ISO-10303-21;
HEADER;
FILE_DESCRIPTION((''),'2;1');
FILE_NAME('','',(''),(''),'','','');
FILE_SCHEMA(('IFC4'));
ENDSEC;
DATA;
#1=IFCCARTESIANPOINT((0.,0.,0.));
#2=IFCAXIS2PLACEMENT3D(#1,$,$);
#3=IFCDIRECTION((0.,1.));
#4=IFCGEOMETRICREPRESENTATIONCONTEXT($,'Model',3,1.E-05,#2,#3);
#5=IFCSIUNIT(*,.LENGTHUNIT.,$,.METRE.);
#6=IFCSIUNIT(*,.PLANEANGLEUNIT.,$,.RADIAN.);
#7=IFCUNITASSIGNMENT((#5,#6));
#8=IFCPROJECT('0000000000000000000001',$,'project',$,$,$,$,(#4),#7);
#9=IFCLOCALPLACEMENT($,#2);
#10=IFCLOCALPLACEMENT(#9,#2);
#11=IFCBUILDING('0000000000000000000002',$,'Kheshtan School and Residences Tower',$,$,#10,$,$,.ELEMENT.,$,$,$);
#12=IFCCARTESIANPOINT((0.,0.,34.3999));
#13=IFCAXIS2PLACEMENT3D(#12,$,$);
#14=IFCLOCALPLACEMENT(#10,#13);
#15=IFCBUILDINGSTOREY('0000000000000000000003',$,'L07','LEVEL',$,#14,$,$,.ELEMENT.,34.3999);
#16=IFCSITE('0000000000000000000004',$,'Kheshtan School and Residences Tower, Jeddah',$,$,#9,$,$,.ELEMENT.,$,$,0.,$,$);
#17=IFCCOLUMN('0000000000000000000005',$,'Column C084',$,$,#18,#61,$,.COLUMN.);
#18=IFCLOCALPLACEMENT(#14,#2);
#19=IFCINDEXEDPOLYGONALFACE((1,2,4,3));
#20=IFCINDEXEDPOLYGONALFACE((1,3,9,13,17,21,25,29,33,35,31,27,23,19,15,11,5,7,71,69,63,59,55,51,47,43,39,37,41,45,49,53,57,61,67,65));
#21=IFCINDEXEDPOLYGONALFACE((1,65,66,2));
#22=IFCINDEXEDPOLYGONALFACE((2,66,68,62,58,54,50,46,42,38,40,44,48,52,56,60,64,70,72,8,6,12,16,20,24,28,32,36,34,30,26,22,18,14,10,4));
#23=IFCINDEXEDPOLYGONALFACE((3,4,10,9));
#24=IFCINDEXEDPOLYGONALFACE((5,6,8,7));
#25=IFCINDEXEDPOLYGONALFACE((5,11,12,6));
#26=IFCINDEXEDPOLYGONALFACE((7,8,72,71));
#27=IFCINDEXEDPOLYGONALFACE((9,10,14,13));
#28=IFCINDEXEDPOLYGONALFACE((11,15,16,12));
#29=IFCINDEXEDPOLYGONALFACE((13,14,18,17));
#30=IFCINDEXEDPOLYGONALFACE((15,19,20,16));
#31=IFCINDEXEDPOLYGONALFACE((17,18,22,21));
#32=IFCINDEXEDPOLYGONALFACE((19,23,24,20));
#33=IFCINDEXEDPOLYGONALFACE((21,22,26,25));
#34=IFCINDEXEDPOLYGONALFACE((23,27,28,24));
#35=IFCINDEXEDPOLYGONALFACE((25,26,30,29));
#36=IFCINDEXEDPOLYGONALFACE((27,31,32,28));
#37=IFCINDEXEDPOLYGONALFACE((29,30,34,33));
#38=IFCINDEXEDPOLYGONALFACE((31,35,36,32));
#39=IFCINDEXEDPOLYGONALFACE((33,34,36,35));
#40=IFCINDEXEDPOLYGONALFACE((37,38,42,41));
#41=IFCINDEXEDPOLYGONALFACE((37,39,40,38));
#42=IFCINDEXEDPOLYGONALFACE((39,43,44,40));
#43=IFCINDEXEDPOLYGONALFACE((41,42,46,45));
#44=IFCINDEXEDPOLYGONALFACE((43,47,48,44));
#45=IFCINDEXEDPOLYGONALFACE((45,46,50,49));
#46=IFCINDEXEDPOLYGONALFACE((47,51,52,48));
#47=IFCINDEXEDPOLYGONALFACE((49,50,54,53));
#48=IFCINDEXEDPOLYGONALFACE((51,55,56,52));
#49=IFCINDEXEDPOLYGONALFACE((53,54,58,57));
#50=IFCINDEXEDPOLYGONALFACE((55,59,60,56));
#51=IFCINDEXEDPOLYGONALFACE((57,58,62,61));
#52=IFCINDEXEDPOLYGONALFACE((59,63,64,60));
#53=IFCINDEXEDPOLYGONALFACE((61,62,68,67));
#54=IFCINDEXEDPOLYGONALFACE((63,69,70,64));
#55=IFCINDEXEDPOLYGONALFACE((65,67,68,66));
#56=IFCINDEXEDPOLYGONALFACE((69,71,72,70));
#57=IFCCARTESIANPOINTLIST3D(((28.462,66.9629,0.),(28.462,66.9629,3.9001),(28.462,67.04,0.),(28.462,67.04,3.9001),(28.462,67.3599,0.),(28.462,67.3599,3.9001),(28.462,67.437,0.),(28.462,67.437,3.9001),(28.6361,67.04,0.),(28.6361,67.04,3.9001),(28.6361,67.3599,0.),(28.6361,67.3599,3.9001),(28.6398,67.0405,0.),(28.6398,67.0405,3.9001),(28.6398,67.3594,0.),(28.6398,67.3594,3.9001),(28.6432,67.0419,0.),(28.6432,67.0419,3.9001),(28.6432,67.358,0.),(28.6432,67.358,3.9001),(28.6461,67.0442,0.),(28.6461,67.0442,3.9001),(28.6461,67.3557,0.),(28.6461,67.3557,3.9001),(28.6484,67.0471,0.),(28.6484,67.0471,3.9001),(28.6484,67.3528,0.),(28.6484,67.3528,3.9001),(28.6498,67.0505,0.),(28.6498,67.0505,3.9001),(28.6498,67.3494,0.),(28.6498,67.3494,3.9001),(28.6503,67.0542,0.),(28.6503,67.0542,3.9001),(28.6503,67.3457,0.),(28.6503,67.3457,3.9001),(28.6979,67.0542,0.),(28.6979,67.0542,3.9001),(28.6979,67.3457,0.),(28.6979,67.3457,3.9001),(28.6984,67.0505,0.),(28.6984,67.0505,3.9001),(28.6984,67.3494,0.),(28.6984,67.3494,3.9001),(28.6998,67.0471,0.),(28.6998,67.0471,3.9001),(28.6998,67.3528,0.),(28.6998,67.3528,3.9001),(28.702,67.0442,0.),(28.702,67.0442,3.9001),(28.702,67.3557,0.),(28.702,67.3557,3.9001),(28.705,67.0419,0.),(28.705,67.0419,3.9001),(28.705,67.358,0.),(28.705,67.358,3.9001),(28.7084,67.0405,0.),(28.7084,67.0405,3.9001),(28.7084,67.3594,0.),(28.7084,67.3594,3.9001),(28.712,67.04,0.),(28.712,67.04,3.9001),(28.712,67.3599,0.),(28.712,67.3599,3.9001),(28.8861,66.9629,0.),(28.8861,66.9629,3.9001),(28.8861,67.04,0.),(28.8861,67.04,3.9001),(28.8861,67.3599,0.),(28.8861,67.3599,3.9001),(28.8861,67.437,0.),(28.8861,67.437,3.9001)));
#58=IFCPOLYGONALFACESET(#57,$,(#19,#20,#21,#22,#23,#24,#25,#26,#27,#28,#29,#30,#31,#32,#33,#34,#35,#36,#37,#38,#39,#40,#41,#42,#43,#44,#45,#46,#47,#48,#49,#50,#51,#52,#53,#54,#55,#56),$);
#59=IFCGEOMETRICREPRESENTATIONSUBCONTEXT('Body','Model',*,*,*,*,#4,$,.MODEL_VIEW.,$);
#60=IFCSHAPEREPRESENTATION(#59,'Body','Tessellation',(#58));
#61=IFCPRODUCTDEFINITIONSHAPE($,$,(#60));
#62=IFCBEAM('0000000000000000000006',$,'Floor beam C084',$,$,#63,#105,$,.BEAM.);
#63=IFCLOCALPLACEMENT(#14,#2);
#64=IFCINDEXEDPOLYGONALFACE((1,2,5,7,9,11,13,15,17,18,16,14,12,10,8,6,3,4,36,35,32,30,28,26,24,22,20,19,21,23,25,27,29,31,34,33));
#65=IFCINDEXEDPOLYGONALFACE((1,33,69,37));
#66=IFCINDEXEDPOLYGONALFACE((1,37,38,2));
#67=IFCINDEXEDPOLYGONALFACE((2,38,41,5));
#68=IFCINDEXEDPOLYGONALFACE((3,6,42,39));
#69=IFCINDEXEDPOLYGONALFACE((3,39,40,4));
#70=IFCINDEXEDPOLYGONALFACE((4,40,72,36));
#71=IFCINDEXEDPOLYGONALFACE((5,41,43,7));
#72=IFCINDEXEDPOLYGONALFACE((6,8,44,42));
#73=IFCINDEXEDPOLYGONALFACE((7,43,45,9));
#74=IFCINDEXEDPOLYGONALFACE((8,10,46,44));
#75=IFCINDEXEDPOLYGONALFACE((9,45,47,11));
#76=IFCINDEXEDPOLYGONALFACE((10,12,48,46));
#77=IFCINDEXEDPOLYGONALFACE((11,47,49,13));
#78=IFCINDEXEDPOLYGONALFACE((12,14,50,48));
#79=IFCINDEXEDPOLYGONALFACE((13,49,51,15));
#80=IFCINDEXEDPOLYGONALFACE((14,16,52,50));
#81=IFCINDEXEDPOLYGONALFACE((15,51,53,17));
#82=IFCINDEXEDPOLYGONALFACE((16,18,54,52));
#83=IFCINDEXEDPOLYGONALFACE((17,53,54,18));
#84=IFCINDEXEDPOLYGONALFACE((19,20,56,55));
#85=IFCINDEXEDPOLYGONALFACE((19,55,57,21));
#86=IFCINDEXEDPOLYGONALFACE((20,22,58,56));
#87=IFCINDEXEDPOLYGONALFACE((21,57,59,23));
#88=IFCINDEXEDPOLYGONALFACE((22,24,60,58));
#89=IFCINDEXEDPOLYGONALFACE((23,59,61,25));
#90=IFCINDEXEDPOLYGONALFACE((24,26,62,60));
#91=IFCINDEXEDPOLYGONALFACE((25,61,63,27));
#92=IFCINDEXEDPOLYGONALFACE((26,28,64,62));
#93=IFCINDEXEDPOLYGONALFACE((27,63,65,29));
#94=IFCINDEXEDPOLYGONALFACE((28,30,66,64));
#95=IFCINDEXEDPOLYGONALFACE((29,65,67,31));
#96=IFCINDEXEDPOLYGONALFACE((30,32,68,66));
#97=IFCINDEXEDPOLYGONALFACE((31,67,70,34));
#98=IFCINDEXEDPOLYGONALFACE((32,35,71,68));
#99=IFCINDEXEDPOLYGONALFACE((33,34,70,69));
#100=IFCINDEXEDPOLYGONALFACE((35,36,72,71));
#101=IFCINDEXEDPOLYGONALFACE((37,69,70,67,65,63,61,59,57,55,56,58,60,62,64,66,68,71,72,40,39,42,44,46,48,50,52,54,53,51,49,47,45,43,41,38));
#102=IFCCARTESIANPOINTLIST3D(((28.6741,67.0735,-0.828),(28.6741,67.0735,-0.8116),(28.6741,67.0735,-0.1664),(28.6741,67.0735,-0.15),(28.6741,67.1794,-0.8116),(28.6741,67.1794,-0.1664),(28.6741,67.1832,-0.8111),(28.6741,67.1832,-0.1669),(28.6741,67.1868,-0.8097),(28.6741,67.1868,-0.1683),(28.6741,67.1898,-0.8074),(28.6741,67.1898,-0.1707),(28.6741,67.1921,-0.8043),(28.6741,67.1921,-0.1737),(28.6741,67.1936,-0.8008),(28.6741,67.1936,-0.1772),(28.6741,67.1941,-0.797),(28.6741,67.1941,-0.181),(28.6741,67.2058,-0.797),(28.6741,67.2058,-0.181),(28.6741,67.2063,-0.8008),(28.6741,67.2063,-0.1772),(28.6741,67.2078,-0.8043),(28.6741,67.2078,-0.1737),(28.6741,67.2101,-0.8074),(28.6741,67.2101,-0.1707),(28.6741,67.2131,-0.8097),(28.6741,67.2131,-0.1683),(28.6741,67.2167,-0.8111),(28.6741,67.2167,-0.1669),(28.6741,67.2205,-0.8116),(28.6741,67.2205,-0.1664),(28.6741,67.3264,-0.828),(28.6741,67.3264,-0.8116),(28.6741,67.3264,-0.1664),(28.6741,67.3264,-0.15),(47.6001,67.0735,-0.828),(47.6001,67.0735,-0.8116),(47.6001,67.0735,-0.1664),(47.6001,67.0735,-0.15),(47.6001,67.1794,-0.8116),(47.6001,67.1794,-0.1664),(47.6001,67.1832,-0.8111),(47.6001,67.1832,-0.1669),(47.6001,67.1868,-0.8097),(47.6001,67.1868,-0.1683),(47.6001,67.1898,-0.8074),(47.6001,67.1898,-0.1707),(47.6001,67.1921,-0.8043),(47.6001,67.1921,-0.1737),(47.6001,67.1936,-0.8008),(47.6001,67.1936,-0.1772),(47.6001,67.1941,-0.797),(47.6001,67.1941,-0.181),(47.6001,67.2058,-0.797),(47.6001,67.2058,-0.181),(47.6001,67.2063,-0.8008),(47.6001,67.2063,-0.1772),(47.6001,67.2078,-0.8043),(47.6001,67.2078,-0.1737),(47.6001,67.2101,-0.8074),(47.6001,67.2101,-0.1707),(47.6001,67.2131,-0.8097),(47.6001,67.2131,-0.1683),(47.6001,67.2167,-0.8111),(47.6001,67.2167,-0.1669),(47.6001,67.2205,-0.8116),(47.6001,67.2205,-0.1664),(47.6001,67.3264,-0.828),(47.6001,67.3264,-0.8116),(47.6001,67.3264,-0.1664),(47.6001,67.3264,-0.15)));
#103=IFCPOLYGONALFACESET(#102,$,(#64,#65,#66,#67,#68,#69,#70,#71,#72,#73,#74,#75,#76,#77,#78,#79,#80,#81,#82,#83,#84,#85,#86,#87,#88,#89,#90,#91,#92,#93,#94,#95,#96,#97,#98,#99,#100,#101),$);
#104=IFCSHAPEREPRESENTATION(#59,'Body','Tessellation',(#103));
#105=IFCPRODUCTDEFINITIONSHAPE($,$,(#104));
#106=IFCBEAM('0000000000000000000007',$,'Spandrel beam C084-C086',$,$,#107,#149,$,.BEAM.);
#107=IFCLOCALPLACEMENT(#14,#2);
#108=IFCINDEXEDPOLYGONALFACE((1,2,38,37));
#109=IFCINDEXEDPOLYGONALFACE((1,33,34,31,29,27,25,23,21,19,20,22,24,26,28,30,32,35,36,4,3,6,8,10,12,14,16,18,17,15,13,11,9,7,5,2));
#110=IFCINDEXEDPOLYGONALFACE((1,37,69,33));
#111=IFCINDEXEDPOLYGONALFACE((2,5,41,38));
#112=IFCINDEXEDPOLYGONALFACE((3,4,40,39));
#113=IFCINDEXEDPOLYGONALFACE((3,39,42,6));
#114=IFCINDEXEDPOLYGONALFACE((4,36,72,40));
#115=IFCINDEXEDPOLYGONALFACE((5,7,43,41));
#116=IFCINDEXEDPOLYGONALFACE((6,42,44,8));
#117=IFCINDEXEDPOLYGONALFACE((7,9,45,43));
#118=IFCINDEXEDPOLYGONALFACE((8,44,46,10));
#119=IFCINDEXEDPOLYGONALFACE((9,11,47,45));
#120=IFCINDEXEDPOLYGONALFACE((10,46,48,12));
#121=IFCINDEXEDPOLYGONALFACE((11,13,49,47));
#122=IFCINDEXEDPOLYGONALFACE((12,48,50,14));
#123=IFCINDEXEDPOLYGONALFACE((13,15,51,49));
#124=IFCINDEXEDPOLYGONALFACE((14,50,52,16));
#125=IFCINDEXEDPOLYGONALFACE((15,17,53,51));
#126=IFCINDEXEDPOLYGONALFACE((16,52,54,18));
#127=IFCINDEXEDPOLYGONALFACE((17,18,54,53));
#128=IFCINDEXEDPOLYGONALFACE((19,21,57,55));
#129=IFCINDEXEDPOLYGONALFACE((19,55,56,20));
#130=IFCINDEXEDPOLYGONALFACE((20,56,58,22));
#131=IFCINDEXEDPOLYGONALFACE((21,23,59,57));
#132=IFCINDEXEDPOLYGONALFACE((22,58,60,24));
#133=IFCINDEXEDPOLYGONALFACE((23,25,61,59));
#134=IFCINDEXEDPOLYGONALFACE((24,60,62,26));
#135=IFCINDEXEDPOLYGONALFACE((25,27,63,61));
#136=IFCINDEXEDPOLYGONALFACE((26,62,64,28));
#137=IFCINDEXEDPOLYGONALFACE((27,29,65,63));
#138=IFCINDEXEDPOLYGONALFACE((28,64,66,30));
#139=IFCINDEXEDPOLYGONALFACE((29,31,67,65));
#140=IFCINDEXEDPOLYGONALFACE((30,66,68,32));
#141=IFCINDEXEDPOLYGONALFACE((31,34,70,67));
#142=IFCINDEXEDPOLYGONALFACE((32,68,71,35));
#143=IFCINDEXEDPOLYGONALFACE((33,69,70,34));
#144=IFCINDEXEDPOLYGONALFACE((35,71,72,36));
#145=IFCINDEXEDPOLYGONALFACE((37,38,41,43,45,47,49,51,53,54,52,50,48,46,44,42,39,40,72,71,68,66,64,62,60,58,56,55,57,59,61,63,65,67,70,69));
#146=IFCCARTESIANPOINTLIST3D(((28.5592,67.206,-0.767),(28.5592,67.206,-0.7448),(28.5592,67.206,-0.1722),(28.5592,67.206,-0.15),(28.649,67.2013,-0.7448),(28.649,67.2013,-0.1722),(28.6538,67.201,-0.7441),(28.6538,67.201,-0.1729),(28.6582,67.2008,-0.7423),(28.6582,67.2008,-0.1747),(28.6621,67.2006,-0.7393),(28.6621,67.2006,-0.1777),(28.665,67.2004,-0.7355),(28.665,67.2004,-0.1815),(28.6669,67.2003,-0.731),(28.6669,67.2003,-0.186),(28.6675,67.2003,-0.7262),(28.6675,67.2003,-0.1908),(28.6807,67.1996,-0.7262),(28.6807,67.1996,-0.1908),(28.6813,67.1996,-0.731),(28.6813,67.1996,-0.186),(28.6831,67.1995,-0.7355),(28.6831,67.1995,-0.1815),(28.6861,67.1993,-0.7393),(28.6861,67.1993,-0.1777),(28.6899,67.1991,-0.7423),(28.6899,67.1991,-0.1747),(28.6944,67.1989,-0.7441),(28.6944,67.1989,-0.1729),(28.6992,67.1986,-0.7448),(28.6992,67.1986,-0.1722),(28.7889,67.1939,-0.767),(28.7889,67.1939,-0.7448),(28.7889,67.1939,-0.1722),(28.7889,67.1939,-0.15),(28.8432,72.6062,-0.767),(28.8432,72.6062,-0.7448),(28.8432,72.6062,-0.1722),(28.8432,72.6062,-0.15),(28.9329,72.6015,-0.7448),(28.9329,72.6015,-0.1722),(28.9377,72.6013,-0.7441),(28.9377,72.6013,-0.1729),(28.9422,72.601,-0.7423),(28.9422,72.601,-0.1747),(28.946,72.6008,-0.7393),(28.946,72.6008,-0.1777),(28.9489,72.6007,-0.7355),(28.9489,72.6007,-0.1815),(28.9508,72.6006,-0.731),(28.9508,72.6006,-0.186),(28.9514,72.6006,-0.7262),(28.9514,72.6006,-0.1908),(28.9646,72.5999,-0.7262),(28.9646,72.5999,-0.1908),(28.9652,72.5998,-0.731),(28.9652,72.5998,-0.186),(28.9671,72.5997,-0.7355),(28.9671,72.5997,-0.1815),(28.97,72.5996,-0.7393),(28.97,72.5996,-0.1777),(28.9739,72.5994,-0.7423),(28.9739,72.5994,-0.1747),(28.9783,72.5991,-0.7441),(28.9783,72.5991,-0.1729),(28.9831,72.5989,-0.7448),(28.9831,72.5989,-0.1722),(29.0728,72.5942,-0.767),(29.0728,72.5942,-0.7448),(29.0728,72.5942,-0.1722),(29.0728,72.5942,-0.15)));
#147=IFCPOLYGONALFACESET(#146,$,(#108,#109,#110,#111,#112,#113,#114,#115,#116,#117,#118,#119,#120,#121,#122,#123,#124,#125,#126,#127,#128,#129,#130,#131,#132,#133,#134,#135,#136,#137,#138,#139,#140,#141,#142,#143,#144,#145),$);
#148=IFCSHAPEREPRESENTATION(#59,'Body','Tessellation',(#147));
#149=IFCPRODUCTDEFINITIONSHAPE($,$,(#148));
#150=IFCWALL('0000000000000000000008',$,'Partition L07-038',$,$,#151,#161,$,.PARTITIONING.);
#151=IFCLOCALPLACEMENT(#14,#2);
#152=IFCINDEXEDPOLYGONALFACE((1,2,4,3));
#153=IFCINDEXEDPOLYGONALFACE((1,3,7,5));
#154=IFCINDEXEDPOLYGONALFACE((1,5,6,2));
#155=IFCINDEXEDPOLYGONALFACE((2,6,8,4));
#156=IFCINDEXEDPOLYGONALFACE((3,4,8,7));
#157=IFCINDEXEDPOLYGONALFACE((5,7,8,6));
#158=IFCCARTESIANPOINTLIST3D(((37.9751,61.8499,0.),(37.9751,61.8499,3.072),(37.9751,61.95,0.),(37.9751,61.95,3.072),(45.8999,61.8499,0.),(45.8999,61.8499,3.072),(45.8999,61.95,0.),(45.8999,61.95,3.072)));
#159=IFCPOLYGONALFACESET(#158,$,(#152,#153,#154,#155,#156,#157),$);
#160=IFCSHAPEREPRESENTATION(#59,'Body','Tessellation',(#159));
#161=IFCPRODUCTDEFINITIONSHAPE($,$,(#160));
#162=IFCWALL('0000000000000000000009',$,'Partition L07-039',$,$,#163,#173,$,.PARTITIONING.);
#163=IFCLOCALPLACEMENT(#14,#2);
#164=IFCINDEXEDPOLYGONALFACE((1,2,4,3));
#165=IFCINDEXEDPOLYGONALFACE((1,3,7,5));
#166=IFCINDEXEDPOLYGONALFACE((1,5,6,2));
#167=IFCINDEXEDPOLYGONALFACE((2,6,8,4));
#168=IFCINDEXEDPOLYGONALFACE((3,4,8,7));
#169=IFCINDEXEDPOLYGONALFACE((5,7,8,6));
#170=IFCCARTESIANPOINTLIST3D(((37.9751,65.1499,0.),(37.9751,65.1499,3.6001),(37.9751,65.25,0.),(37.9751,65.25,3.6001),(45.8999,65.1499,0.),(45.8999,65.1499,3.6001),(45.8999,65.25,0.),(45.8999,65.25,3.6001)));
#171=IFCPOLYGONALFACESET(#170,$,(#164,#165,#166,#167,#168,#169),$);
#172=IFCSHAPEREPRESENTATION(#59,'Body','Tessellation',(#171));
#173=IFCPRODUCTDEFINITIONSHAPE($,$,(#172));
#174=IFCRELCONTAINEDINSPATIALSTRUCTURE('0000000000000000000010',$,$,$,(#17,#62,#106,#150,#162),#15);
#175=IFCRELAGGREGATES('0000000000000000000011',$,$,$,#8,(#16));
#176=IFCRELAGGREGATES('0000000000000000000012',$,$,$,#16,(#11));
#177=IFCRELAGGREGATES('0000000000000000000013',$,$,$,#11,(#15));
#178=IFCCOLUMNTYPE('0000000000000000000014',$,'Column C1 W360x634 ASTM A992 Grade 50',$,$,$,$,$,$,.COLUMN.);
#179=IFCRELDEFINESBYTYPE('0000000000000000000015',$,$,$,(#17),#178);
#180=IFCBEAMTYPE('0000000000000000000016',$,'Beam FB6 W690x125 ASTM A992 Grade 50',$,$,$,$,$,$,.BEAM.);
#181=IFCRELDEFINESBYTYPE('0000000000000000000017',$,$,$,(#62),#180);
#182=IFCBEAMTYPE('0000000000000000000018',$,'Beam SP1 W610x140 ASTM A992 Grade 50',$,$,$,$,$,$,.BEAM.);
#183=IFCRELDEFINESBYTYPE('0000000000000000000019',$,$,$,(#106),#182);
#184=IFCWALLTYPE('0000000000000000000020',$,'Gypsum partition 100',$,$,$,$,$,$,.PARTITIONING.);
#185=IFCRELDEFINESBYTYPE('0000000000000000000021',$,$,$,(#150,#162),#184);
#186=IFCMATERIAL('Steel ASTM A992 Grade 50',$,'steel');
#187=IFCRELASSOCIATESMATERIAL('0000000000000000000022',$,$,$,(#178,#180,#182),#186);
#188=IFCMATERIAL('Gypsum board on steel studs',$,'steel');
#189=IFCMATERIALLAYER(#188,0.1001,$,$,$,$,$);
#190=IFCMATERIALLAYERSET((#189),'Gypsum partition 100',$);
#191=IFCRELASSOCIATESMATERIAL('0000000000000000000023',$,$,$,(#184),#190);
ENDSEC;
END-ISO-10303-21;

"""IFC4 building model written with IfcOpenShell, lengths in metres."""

from ifc_helpers import new_model, si_unit, direction, frame, frame_2d, origin, origin_2d, place, context, subcontext, project, spatial, rectangle, i_section, extrude, material, layer, layer_set, material_profile, profile_set, type_object, element, save


model = new_model("IFC4")

# Units and contexts
model_context = context("Model", 3, precision=1e-05, world=origin(), true_north=direction((0.0, 1.0)))
body_context = subcontext(model_context, "Body", "Model", "MODEL_VIEW")
ifc_project = project(units=[si_unit("LENGTHUNIT", "METRE"), si_unit("PLANEANGLEUNIT", "RADIAN")], contexts=[model_context])

# Site, building, storey
site_placement = place(None, origin())
site = spatial("IfcSite", under=ifc_project, at=site_placement, Name="Kheshtan School and Residences Tower, Jeddah", CompositionType="ELEMENT", RefElevation=0.0)
building_placement = place(site_placement, origin())
building = spatial("IfcBuilding", under=site, at=building_placement, Name="Kheshtan School and Residences Tower", CompositionType="ELEMENT")
storey_placement = place(building_placement, frame((0.0, 0.0, 34.3999)))
storey = spatial("IfcBuildingStorey", under=building, at=storey_placement, Name="L07", Description="LEVEL", CompositionType="ELEMENT", Elevation=34.3999)

# Column
ifc_material_1 = material(Name="Steel ASTM A992 Grade 50", Category="steel")
ifc_material_profile_1 = material_profile(ifc_material_1, i_section(OverallWidth=0.4241, OverallDepth=0.4741, WebThickness=0.0476, FlangeThickness=0.0771, FilletRadius=0.0142, at=origin_2d()), Name="W360x634")
ifc_profile_set_1 = profile_set([ifc_material_profile_1], Name="Steel ASTM A992 Grade 50")
column_type = type_object("IfcColumnType", Name="Column C1 W360x634 ASTM A992 Grade 50", PredefinedType="COLUMN", material=ifc_profile_set_1)
column_placement = place(storey_placement, frame((28.6741, 67.2, 0.0), z_axis=(0.0, 0.0, 1.0), x_axis=(1.0, 0.0, 0.0)))
element("IfcColumn", 1, at=column_placement, inside=storey, type_object=column_type, Name="Column C084", PredefinedType="COLUMN", context=body_context, shape_type="SweptSolid", body=[
    extrude(i_section(OverallWidth=0.4241, OverallDepth=0.4741, WebThickness=0.0476, FlangeThickness=0.0771, FilletRadius=0.0142, at=origin_2d()), origin(), (0.0, 0.0, 1.0), 3.9001),
])

# Beams
ifc_material_profile_2 = material_profile(ifc_material_1, i_section(OverallWidth=0.2529, OverallDepth=0.678, WebThickness=0.0117, FlangeThickness=0.0164, FilletRadius=0.0146, at=origin_2d()), Name="W690x125")
ifc_profile_set_2 = profile_set([ifc_material_profile_2], Name="Steel ASTM A992 Grade 50")
beam_type_1 = type_object("IfcBeamType", Name="Beam FB6 W690x125 ASTM A992 Grade 50", PredefinedType="BEAM", material=ifc_profile_set_2)
beam_1_placement = place(storey_placement, frame((28.6741, 67.2, -0.489), z_axis=(1.0, 0.0, 0.0), x_axis=(0.0, 1.0, 0.0)))
element("IfcBeam", 2, at=beam_1_placement, inside=storey, type_object=beam_type_1, Name="Floor beam C084", PredefinedType="BEAM", context=body_context, shape_type="SweptSolid", body=[
    extrude(i_section(OverallWidth=0.2529, OverallDepth=0.678, WebThickness=0.0117, FlangeThickness=0.0164, FilletRadius=0.0146, at=origin_2d()), origin(), (0.0, 0.0, 1.0), 18.926),
])
ifc_material_profile_3 = material_profile(ifc_material_1, i_section(OverallWidth=0.23, OverallDepth=0.6169, WebThickness=0.0132, FlangeThickness=0.0222, FilletRadius=0.0186, at=origin_2d()), Name="W610x140")
ifc_profile_set_3 = profile_set([ifc_material_profile_3], Name="Steel ASTM A992 Grade 50")
beam_type_2 = type_object("IfcBeamType", Name="Beam SP1 W610x140 ASTM A992 Grade 50", PredefinedType="BEAM", material=ifc_profile_set_3)
beam_2_placement = place(storey_placement, frame((28.6741, 67.2, -0.4585), z_axis=(0.052507, 0.998621, 0.0), x_axis=(-0.998621, 0.052507, 0.0)))
element("IfcBeam", 3, at=beam_2_placement, inside=storey, type_object=beam_type_2, Name="Spandrel beam C084-C086", PredefinedType="BEAM", context=body_context, shape_type="SweptSolid", body=[
    extrude(i_section(OverallWidth=0.23, OverallDepth=0.6169, WebThickness=0.0132, FlangeThickness=0.0222, FilletRadius=0.0186, at=origin_2d()), origin(), (0.0, 0.0, 1.0), 5.4077),
])

# Walls
ifc_material_2 = material(Name="Gypsum board on steel studs", Category="steel")
ifc_layer_1 = layer(ifc_material_2, 0.1001)
ifc_layer_set_1 = layer_set([ifc_layer_1], Name="Gypsum partition 100")
wall_type_1 = type_object("IfcWallType", Name="Gypsum partition 100", PredefinedType="PARTITIONING", material=ifc_layer_set_1)
wall_1_placement = place(storey_placement, frame((37.9751, 61.8999, 0.0), z_axis=(0.0, 0.0, 1.0), x_axis=(1.0, 0.0, 0.0)))
element("IfcWall", 4, at=wall_1_placement, inside=storey, type_object=wall_type_1, Name="Partition L07-038", PredefinedType="PARTITIONING", context=body_context, shape_type="SweptSolid", body=[
    extrude(rectangle(XDim=7.9248, YDim=0.1001, at=frame_2d((3.9624, 0.0))), origin(), (0.0, 0.0, 1.0), 3.072),
])
wall_2_placement = place(storey_placement, frame((37.9751, 65.2, 0.0), z_axis=(0.0, 0.0, 1.0), x_axis=(1.0, 0.0, 0.0)))
element("IfcWall", 5, at=wall_2_placement, inside=storey, type_object=wall_type_1, Name="Partition L07-039", PredefinedType="PARTITIONING", context=body_context, shape_type="SweptSolid", body=[
    extrude(rectangle(XDim=7.9248, YDim=0.1001, at=frame_2d((3.9624, 0.0))), origin(), (0.0, 0.0, 1.0), 3.6001),
])

save(model, "model.ifc")
